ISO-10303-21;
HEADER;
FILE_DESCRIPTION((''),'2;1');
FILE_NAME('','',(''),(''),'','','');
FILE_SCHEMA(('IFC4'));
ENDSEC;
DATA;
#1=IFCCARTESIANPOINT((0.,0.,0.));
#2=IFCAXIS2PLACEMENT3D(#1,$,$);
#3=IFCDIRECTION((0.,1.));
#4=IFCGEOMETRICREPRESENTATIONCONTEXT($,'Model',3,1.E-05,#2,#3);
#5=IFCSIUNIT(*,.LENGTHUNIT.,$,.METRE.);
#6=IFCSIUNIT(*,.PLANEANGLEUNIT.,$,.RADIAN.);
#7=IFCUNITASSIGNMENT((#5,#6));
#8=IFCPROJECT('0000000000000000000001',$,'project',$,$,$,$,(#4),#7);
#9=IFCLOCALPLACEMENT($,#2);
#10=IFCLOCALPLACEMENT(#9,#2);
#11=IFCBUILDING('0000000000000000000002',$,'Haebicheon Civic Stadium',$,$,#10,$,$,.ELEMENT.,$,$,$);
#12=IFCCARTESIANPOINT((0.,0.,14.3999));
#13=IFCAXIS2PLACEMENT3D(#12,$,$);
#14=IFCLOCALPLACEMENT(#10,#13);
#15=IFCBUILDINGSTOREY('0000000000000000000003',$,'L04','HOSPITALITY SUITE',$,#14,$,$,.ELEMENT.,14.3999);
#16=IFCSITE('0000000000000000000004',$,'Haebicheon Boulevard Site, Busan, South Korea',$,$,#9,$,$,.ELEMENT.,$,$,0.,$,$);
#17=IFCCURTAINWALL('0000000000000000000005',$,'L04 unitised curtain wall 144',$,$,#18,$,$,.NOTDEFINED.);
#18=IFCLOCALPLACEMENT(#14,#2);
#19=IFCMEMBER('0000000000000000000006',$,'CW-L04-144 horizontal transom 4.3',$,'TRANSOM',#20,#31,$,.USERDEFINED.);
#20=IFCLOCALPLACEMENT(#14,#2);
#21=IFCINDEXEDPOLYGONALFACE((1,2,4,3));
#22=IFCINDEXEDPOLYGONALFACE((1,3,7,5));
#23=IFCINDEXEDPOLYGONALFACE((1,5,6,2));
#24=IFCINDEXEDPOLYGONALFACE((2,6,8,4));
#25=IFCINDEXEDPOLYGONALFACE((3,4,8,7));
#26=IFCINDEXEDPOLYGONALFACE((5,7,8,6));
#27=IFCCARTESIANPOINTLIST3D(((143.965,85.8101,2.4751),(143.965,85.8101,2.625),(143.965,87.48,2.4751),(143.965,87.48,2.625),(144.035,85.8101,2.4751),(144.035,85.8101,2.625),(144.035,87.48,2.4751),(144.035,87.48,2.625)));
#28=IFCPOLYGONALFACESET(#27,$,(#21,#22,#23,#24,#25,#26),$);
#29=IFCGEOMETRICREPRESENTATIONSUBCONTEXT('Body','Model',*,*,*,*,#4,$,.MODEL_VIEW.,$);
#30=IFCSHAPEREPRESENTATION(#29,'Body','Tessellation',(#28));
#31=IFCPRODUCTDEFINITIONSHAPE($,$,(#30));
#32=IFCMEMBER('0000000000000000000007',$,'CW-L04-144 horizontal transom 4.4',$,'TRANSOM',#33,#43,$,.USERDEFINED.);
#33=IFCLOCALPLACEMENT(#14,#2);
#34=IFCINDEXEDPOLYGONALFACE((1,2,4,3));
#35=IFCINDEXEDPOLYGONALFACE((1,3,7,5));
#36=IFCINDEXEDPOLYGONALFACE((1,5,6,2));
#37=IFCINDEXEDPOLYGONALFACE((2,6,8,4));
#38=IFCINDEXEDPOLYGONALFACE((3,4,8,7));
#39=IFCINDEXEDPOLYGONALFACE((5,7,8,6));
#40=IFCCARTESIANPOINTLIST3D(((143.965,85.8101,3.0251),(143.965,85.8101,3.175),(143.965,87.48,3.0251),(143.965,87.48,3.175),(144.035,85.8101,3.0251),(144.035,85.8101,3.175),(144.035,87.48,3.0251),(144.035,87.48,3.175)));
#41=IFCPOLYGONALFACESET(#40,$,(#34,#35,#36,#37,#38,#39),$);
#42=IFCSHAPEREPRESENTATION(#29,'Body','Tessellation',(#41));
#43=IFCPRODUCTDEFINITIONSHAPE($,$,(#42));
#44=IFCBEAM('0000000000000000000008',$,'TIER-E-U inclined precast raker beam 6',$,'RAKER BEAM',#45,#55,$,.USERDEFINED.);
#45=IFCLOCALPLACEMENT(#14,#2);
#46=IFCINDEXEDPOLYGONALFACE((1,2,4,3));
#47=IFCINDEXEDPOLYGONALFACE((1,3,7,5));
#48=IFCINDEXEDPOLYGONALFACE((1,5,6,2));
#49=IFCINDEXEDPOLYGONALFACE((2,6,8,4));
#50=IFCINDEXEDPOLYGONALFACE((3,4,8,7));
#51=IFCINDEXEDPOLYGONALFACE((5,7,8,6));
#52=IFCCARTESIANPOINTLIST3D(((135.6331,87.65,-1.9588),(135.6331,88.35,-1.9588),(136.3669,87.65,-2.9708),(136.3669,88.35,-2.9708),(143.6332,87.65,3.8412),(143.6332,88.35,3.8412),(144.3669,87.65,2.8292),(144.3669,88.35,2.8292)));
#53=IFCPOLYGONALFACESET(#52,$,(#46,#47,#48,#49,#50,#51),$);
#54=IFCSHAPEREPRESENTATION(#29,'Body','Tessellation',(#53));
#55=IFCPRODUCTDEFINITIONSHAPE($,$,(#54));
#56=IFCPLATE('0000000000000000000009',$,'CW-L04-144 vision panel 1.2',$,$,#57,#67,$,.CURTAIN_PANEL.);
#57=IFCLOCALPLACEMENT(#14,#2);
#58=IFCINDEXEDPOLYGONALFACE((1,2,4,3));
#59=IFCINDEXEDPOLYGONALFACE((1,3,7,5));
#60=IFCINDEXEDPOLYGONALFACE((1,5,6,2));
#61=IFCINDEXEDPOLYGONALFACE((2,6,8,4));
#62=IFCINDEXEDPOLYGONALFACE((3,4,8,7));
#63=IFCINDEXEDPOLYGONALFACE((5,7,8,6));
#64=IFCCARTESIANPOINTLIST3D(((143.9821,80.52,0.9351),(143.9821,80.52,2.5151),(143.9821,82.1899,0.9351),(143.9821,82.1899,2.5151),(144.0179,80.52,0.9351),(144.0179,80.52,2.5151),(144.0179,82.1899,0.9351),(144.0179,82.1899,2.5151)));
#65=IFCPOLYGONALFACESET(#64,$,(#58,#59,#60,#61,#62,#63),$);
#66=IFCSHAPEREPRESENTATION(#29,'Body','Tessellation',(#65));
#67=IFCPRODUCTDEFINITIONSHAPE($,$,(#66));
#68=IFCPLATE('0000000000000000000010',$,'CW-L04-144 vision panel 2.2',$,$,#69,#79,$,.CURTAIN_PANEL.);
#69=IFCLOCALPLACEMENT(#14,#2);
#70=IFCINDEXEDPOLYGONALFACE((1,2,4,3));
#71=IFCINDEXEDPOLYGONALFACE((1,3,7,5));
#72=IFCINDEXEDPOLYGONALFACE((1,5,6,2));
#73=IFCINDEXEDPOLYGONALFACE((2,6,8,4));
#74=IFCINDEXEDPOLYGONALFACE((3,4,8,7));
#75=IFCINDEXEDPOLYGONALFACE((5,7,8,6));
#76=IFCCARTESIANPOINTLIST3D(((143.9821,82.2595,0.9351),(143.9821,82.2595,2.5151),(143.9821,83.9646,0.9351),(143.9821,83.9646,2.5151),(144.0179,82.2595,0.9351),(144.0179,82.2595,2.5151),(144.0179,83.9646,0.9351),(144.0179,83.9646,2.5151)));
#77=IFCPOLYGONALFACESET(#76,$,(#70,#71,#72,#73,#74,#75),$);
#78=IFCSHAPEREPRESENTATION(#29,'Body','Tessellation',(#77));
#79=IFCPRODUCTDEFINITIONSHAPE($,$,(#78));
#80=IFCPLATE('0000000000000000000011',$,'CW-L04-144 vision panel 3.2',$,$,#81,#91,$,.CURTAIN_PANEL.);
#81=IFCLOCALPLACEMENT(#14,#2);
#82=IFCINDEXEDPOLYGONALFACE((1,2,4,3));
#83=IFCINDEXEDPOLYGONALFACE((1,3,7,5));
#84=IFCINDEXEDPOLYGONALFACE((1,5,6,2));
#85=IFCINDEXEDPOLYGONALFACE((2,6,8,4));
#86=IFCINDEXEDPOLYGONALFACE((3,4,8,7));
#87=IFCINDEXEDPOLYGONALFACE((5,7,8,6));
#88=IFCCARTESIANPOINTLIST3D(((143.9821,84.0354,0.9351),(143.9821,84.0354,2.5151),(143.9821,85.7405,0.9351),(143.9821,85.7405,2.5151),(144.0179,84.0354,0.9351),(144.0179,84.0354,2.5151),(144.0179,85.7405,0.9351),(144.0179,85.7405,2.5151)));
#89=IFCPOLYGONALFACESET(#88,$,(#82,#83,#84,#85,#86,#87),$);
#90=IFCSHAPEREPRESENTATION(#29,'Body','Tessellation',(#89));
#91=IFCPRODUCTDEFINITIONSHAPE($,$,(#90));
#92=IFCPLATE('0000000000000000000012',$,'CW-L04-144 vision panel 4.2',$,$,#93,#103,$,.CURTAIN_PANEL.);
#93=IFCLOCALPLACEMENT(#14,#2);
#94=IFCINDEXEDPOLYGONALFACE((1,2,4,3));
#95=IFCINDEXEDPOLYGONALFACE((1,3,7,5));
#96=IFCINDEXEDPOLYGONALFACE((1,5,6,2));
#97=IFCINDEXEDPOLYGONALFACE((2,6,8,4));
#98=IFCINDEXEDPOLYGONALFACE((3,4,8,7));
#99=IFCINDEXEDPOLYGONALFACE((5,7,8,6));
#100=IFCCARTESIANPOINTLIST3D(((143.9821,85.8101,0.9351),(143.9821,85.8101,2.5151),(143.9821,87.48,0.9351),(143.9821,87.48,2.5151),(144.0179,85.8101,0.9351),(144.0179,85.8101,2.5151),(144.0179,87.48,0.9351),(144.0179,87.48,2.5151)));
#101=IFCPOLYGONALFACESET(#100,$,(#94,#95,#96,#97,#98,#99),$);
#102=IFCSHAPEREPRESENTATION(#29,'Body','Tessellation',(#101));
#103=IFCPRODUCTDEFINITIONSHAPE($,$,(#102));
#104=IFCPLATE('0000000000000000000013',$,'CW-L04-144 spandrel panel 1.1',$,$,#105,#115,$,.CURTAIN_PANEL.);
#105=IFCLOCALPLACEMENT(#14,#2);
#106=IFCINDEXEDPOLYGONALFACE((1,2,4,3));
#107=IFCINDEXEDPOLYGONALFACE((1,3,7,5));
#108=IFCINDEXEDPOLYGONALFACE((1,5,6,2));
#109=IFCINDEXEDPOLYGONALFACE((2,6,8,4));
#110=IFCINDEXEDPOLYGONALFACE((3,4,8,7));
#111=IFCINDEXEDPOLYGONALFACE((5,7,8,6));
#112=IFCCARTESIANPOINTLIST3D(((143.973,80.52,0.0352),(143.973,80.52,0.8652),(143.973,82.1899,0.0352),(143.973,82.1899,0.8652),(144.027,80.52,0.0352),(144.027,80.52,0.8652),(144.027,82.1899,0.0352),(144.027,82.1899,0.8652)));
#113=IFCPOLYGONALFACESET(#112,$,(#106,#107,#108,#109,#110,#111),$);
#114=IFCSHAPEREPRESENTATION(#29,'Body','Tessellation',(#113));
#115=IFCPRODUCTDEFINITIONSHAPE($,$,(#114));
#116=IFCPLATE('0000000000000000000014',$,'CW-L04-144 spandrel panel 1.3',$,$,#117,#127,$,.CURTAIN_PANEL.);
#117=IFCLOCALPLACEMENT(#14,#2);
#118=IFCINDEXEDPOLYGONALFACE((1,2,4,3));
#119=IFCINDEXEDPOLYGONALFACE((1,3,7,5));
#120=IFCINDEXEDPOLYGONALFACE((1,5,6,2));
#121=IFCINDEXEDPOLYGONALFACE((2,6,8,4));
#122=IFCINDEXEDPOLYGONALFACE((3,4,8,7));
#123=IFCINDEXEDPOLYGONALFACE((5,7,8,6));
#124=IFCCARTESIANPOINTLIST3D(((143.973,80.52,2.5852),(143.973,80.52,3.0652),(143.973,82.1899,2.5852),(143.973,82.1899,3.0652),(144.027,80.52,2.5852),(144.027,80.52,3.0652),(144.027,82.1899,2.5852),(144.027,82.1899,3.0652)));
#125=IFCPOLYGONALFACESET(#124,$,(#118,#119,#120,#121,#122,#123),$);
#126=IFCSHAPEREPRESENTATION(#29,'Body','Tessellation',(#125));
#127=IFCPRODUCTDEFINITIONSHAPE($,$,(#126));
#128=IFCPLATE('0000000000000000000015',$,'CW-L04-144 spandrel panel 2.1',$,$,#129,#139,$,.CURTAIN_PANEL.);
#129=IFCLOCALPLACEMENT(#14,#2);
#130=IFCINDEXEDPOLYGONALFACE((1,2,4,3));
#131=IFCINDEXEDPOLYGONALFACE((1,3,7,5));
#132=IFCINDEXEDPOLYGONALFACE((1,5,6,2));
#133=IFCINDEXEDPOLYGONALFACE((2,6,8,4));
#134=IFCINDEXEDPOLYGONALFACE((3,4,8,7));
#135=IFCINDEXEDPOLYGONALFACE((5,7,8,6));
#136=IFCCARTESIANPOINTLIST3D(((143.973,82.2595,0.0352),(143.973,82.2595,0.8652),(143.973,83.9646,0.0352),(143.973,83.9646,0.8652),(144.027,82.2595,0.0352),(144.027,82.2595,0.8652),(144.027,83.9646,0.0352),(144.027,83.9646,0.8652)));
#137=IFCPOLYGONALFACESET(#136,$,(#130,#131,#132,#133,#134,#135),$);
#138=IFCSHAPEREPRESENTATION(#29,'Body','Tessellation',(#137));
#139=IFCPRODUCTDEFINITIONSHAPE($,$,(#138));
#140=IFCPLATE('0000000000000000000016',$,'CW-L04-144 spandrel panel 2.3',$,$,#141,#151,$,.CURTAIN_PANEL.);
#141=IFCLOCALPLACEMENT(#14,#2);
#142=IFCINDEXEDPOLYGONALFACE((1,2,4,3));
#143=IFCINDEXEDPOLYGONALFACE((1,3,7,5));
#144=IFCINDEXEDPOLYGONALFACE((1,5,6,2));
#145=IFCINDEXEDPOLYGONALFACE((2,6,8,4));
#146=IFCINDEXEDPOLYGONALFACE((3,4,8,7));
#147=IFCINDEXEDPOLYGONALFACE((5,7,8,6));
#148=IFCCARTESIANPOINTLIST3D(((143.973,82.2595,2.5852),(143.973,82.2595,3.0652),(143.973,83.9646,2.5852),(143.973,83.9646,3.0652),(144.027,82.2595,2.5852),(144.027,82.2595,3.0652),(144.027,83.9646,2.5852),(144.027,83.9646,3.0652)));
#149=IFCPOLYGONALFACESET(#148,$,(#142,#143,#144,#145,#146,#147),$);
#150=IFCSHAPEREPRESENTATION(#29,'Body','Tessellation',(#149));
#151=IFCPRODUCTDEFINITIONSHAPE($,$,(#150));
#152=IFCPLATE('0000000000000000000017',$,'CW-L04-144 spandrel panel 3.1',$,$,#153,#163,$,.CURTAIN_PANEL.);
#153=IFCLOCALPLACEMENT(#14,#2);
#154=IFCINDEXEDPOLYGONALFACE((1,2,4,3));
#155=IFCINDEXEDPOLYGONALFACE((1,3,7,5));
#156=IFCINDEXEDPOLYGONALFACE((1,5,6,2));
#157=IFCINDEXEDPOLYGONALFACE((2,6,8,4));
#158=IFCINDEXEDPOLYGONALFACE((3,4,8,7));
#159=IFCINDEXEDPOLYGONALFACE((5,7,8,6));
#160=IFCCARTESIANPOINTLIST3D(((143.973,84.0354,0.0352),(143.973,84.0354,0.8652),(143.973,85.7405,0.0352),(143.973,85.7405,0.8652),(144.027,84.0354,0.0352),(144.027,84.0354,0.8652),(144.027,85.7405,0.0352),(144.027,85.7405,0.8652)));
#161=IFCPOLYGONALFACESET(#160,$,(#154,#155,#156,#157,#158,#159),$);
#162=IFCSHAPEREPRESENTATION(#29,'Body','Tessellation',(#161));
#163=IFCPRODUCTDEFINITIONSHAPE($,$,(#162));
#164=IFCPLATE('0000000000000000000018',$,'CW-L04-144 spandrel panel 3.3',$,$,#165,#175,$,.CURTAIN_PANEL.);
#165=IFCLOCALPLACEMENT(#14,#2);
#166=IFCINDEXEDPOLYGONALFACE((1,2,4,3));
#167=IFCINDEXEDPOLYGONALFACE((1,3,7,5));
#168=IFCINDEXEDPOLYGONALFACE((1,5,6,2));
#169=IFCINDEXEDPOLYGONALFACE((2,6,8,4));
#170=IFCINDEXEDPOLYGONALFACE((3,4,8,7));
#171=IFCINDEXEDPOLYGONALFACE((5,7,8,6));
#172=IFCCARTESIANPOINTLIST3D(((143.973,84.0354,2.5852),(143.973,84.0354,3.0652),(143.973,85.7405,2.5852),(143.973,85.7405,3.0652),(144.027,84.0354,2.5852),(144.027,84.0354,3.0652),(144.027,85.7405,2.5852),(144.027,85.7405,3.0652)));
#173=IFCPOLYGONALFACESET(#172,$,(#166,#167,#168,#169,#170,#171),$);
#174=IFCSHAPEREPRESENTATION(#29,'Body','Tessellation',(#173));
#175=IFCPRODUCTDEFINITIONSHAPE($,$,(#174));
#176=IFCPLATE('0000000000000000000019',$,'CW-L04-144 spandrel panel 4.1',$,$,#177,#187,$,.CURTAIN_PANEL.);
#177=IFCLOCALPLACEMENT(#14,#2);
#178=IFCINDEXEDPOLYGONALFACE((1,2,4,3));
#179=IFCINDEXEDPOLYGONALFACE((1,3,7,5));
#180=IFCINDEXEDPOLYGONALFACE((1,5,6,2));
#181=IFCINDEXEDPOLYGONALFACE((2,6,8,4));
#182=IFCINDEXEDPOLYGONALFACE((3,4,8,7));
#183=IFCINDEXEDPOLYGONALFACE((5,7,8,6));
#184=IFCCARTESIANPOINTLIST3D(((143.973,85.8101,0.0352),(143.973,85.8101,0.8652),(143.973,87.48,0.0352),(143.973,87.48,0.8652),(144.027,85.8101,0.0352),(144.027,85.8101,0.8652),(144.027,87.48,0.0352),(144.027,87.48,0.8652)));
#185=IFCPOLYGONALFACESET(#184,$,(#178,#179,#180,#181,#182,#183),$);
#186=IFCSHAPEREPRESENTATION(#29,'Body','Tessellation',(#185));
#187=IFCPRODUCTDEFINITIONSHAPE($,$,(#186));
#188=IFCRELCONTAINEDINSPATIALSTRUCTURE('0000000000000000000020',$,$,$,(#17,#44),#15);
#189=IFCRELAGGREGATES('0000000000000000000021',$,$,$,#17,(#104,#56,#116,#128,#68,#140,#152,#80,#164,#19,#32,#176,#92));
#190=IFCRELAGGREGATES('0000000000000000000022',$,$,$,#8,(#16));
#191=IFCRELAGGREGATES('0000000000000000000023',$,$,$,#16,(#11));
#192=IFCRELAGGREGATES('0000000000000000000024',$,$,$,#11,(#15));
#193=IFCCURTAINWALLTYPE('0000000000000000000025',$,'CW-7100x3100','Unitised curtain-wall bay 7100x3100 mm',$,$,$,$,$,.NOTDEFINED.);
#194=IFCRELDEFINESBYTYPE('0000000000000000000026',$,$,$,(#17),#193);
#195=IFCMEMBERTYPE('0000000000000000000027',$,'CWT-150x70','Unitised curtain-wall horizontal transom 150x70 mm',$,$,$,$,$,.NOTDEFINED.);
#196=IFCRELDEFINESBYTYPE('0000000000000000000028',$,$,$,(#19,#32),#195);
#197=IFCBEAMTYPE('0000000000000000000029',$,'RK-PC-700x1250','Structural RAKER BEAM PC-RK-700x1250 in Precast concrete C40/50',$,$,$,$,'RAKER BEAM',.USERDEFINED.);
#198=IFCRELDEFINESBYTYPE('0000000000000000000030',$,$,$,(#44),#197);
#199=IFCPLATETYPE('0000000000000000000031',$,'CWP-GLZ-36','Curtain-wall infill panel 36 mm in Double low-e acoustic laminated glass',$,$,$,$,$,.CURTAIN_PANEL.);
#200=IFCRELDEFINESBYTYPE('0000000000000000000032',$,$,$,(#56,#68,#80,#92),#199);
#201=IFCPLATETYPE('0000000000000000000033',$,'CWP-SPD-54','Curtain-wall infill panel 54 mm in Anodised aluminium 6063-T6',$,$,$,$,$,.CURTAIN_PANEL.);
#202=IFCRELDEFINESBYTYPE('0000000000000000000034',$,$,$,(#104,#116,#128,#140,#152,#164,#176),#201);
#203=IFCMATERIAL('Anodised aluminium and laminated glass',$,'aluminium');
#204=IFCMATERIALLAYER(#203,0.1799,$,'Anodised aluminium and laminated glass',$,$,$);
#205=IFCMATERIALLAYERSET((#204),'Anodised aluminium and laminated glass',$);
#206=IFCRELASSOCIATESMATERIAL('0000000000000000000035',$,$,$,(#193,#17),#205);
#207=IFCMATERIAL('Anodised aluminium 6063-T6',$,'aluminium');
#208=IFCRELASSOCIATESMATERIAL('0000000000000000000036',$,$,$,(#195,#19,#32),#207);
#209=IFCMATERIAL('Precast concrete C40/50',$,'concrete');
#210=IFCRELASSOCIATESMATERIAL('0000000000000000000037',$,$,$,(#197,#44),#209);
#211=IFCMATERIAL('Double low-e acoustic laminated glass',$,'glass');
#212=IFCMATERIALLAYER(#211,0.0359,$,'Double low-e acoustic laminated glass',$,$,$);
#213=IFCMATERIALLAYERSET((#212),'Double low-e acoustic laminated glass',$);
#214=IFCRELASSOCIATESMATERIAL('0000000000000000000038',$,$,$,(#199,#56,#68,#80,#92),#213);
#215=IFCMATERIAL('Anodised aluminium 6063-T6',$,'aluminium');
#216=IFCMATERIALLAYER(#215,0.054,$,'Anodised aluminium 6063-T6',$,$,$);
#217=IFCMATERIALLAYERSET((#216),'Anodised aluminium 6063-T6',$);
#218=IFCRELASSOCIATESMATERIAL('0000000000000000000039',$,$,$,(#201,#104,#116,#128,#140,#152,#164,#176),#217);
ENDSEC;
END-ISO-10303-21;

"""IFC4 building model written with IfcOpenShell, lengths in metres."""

from ifc_helpers import new_model, si_unit, direction, frame, origin, origin_2d, place, context, subcontext, project, spatial, rectangle, extrude, material, layer, layer_set, material_profile, profile_set, type_object, element, aggregate, save


model = new_model("IFC4")

# Units and contexts
model_context = context("Model", 3, precision=1e-05, world=origin(), true_north=direction((0.0, 1.0)))
body_context = subcontext(model_context, "Body", "Model", "MODEL_VIEW")
ifc_project = project(units=[si_unit("LENGTHUNIT", "METRE"), si_unit("PLANEANGLEUNIT", "RADIAN")], contexts=[model_context])

# Site, building, storey
site_placement = place(None, origin())
site = spatial("IfcSite", under=ifc_project, at=site_placement, Name="Haebicheon Boulevard Site, Busan, South Korea", CompositionType="ELEMENT", RefElevation=0.0)
building_placement = place(site_placement, origin())
building = spatial("IfcBuilding", under=site, at=building_placement, Name="Haebicheon Civic Stadium", CompositionType="ELEMENT")
storey_placement = place(building_placement, frame((0.0, 0.0, 14.3999)))
storey = spatial("IfcBuildingStorey", under=building, at=storey_placement, Name="L04", Description="HOSPITALITY SUITE", CompositionType="ELEMENT", Elevation=14.3999)

# Curtain wall, members
ifc_material_1 = material(Name="Anodised aluminium and laminated glass", Category="aluminium")
ifc_layer_1 = layer(ifc_material_1, 0.1799, Name="Anodised aluminium and laminated glass")
ifc_layer_set_1 = layer_set([ifc_layer_1], Name="Anodised aluminium and laminated glass")
curtain_wall_type = type_object("IfcCurtainWallType", Name="CW-7100x3100", Description="Unitised curtain-wall bay 7100x3100 mm", PredefinedType="NOTDEFINED", material=ifc_layer_set_1)
curtain_wall_placement = place(storey_placement, origin())
curtain_wall = element("IfcCurtainWall", 1, at=curtain_wall_placement, inside=storey, type_object=curtain_wall_type, material=ifc_layer_set_1, Name="L04 unitised curtain wall 144", PredefinedType="NOTDEFINED")
ifc_material_2 = material(Name="Anodised aluminium 6063-T6", Category="aluminium")
ifc_material_profile_1 = material_profile(ifc_material_2, rectangle(XDim=0.0701, YDim=0.1499, at=origin_2d()), Name="ALU-TRAN-70x150")
ifc_profile_set_1 = profile_set([ifc_material_profile_1], Name="Anodised aluminium 6063-T6")
member_type_1 = type_object("IfcMemberType", Name="CWT-150x70", Description="Unitised curtain-wall horizontal transom 150x70 mm", PredefinedType="NOTDEFINED", material=ifc_profile_set_1)
member_1_placement = place(storey_placement, frame((144.0, 85.8101, 2.55), z_axis=(0.0, 1.0, 0.0), x_axis=(-1.0, 0.0, 0.0)))
member_1 = element("IfcMember", 2, at=member_1_placement, type_object=member_type_1, material=ifc_profile_set_1, Name="CW-L04-144 horizontal transom 4.3", ObjectType="TRANSOM", PredefinedType="USERDEFINED", context=body_context, shape_type="SweptSolid", body=[
    extrude(rectangle(XDim=0.0701, YDim=0.1499, at=origin_2d()), origin(), (0.0, 0.0, 1.0), 1.6699),
])
member_2_placement = place(storey_placement, frame((144.0, 85.8101, 3.1001), z_axis=(0.0, 1.0, 0.0), x_axis=(-1.0, 0.0, 0.0)))
member_2 = element("IfcMember", 3, at=member_2_placement, type_object=member_type_1, material=ifc_profile_set_1, Name="CW-L04-144 horizontal transom 4.4", ObjectType="TRANSOM", PredefinedType="USERDEFINED", context=body_context, shape_type="SweptSolid", body=[
    extrude(rectangle(XDim=0.0701, YDim=0.1499, at=origin_2d()), origin(), (0.0, 0.0, 1.0), 1.6699),
])

# Beam
ifc_material_3 = material(Name="Precast concrete C40/50", Category="concrete")
ifc_material_profile_2 = material_profile(ifc_material_3, rectangle(XDim=0.7, YDim=1.25, at=origin_2d()), Name="PC-RK-700x1250")
ifc_profile_set_2 = profile_set([ifc_material_profile_2], Name="Precast concrete C40/50")
beam_type_1 = type_object("IfcBeamType", Name="RK-PC-700x1250", Description="Structural RAKER BEAM PC-RK-700x1250 in Precast concrete C40/50", ElementType="RAKER BEAM", PredefinedType="USERDEFINED", material=ifc_profile_set_2)
beam_1_placement = place(storey_placement, frame((136.0, 88.0, -2.4648), z_axis=(0.809608, 0.0, 0.586971), x_axis=(0.0, 1.0, 0.0)))
element("IfcBeam", 4, at=beam_1_placement, inside=storey, type_object=beam_type_1, material=ifc_profile_set_2, Name="TIER-E-U inclined precast raker beam 6", ObjectType="RAKER BEAM", PredefinedType="USERDEFINED", context=body_context, shape_type="SweptSolid", body=[
    extrude(rectangle(XDim=0.7, YDim=1.25, at=origin_2d()), origin(), (0.0, 0.0, 1.0), 9.8813),
])

# Plates
ifc_material_4 = material(Name="Double low-e acoustic laminated glass", Category="glass")
ifc_layer_2 = layer(ifc_material_4, 0.0359, Name="Double low-e acoustic laminated glass")
ifc_layer_set_2 = layer_set([ifc_layer_2], Name="Double low-e acoustic laminated glass")
plate_type_1 = type_object("IfcPlateType", Name="CWP-GLZ-36", Description="Curtain-wall infill panel 36 mm in Double low-e acoustic laminated glass", PredefinedType="CURTAIN_PANEL", material=ifc_layer_set_2)
plate_1_placement = place(storey_placement, frame((144.0, 81.355, 0.9351), z_axis=(0.0, 0.0, 1.0), x_axis=(0.0, 1.0, 0.0)))
plate_1 = element("IfcPlate", 5, at=plate_1_placement, type_object=plate_type_1, material=ifc_layer_set_2, Name="CW-L04-144 vision panel 1.2", PredefinedType="CURTAIN_PANEL", context=body_context, shape_type="SweptSolid", body=[
    extrude(rectangle(XDim=1.6699, YDim=0.0359, at=origin_2d()), origin(), (0.0, 0.0, 1.0), 1.5801),
])
plate_2_placement = place(storey_placement, frame((144.0, 83.1121, 0.9351), z_axis=(0.0, 0.0, 1.0), x_axis=(0.0, 1.0, 0.0)))
plate_2 = element("IfcPlate", 6, at=plate_2_placement, type_object=plate_type_1, material=ifc_layer_set_2, Name="CW-L04-144 vision panel 2.2", PredefinedType="CURTAIN_PANEL", context=body_context, shape_type="SweptSolid", body=[
    extrude(rectangle(XDim=1.7051, YDim=0.0359, at=origin_2d()), origin(), (0.0, 0.0, 1.0), 1.5801),
])
plate_3_placement = place(storey_placement, frame((144.0, 84.8879, 0.9351), z_axis=(0.0, 0.0, 1.0), x_axis=(0.0, 1.0, 0.0)))
plate_3 = element("IfcPlate", 7, at=plate_3_placement, type_object=plate_type_1, material=ifc_layer_set_2, Name="CW-L04-144 vision panel 3.2", PredefinedType="CURTAIN_PANEL", context=body_context, shape_type="SweptSolid", body=[
    extrude(rectangle(XDim=1.7051, YDim=0.0359, at=origin_2d()), origin(), (0.0, 0.0, 1.0), 1.5801),
])
plate_4_placement = place(storey_placement, frame((144.0, 86.645, 0.9351), z_axis=(0.0, 0.0, 1.0), x_axis=(0.0, 1.0, 0.0)))
plate_4 = element("IfcPlate", 8, at=plate_4_placement, type_object=plate_type_1, material=ifc_layer_set_2, Name="CW-L04-144 vision panel 4.2", PredefinedType="CURTAIN_PANEL", context=body_context, shape_type="SweptSolid", body=[
    extrude(rectangle(XDim=1.6699, YDim=0.0359, at=origin_2d()), origin(), (0.0, 0.0, 1.0), 1.5801),
])
ifc_material_5 = material(Name="Anodised aluminium 6063-T6", Category="aluminium")
ifc_layer_3 = layer(ifc_material_5, 0.054, Name="Anodised aluminium 6063-T6")
ifc_layer_set_3 = layer_set([ifc_layer_3], Name="Anodised aluminium 6063-T6")
plate_type_2 = type_object("IfcPlateType", Name="CWP-SPD-54", Description="Curtain-wall infill panel 54 mm in Anodised aluminium 6063-T6", PredefinedType="CURTAIN_PANEL", material=ifc_layer_set_3)
plate_5_placement = place(storey_placement, frame((144.0, 81.355, 0.0352), z_axis=(0.0, 0.0, 1.0), x_axis=(0.0, 1.0, 0.0)))
plate_5 = element("IfcPlate", 9, at=plate_5_placement, type_object=plate_type_2, material=ifc_layer_set_3, Name="CW-L04-144 spandrel panel 1.1", PredefinedType="CURTAIN_PANEL", context=body_context, shape_type="SweptSolid", body=[
    extrude(rectangle(XDim=1.6699, YDim=0.054, at=origin_2d()), origin(), (0.0, 0.0, 1.0), 0.8301),
])
plate_6_placement = place(storey_placement, frame((144.0, 81.355, 2.5852), z_axis=(0.0, 0.0, 1.0), x_axis=(0.0, 1.0, 0.0)))
plate_6 = element("IfcPlate", 10, at=plate_6_placement, type_object=plate_type_2, material=ifc_layer_set_3, Name="CW-L04-144 spandrel panel 1.3", PredefinedType="CURTAIN_PANEL", context=body_context, shape_type="SweptSolid", body=[
    extrude(rectangle(XDim=1.6699, YDim=0.054, at=origin_2d()), origin(), (0.0, 0.0, 1.0), 0.48),
])
plate_7_placement = place(storey_placement, frame((144.0, 83.1121, 0.0352), z_axis=(0.0, 0.0, 1.0), x_axis=(0.0, 1.0, 0.0)))
plate_7 = element("IfcPlate", 11, at=plate_7_placement, type_object=plate_type_2, material=ifc_layer_set_3, Name="CW-L04-144 spandrel panel 2.1", PredefinedType="CURTAIN_PANEL", context=body_context, shape_type="SweptSolid", body=[
    extrude(rectangle(XDim=1.7051, YDim=0.054, at=origin_2d()), origin(), (0.0, 0.0, 1.0), 0.8301),
])
plate_8_placement = place(storey_placement, frame((144.0, 83.1121, 2.5852), z_axis=(0.0, 0.0, 1.0), x_axis=(0.0, 1.0, 0.0)))
plate_8 = element("IfcPlate", 12, at=plate_8_placement, type_object=plate_type_2, material=ifc_layer_set_3, Name="CW-L04-144 spandrel panel 2.3", PredefinedType="CURTAIN_PANEL", context=body_context, shape_type="SweptSolid", body=[
    extrude(rectangle(XDim=1.7051, YDim=0.054, at=origin_2d()), origin(), (0.0, 0.0, 1.0), 0.48),
])
plate_9_placement = place(storey_placement, frame((144.0, 84.8879, 0.0352), z_axis=(0.0, 0.0, 1.0), x_axis=(0.0, 1.0, 0.0)))
plate_9 = element("IfcPlate", 13, at=plate_9_placement, type_object=plate_type_2, material=ifc_layer_set_3, Name="CW-L04-144 spandrel panel 3.1", PredefinedType="CURTAIN_PANEL", context=body_context, shape_type="SweptSolid", body=[
    extrude(rectangle(XDim=1.7051, YDim=0.054, at=origin_2d()), origin(), (0.0, 0.0, 1.0), 0.8301),
])
plate_10_placement = place(storey_placement, frame((144.0, 84.8879, 2.5852), z_axis=(0.0, 0.0, 1.0), x_axis=(0.0, 1.0, 0.0)))
plate_10 = element("IfcPlate", 14, at=plate_10_placement, type_object=plate_type_2, material=ifc_layer_set_3, Name="CW-L04-144 spandrel panel 3.3", PredefinedType="CURTAIN_PANEL", context=body_context, shape_type="SweptSolid", body=[
    extrude(rectangle(XDim=1.7051, YDim=0.054, at=origin_2d()), origin(), (0.0, 0.0, 1.0), 0.48),
])
plate_11_placement = place(storey_placement, frame((144.0, 86.645, 0.0352), z_axis=(0.0, 0.0, 1.0), x_axis=(0.0, 1.0, 0.0)))
plate_11 = element("IfcPlate", 15, at=plate_11_placement, type_object=plate_type_2, material=ifc_layer_set_3, Name="CW-L04-144 spandrel panel 4.1", PredefinedType="CURTAIN_PANEL", context=body_context, shape_type="SweptSolid", body=[
    extrude(rectangle(XDim=1.6699, YDim=0.054, at=origin_2d()), origin(), (0.0, 0.0, 1.0), 0.8301),
])
aggregate(curtain_wall, [plate_5, plate_1, plate_6, plate_7, plate_2, plate_8, plate_9, plate_3, plate_10, member_1, member_2, plate_11, plate_4])

save(model, "model.ifc")
